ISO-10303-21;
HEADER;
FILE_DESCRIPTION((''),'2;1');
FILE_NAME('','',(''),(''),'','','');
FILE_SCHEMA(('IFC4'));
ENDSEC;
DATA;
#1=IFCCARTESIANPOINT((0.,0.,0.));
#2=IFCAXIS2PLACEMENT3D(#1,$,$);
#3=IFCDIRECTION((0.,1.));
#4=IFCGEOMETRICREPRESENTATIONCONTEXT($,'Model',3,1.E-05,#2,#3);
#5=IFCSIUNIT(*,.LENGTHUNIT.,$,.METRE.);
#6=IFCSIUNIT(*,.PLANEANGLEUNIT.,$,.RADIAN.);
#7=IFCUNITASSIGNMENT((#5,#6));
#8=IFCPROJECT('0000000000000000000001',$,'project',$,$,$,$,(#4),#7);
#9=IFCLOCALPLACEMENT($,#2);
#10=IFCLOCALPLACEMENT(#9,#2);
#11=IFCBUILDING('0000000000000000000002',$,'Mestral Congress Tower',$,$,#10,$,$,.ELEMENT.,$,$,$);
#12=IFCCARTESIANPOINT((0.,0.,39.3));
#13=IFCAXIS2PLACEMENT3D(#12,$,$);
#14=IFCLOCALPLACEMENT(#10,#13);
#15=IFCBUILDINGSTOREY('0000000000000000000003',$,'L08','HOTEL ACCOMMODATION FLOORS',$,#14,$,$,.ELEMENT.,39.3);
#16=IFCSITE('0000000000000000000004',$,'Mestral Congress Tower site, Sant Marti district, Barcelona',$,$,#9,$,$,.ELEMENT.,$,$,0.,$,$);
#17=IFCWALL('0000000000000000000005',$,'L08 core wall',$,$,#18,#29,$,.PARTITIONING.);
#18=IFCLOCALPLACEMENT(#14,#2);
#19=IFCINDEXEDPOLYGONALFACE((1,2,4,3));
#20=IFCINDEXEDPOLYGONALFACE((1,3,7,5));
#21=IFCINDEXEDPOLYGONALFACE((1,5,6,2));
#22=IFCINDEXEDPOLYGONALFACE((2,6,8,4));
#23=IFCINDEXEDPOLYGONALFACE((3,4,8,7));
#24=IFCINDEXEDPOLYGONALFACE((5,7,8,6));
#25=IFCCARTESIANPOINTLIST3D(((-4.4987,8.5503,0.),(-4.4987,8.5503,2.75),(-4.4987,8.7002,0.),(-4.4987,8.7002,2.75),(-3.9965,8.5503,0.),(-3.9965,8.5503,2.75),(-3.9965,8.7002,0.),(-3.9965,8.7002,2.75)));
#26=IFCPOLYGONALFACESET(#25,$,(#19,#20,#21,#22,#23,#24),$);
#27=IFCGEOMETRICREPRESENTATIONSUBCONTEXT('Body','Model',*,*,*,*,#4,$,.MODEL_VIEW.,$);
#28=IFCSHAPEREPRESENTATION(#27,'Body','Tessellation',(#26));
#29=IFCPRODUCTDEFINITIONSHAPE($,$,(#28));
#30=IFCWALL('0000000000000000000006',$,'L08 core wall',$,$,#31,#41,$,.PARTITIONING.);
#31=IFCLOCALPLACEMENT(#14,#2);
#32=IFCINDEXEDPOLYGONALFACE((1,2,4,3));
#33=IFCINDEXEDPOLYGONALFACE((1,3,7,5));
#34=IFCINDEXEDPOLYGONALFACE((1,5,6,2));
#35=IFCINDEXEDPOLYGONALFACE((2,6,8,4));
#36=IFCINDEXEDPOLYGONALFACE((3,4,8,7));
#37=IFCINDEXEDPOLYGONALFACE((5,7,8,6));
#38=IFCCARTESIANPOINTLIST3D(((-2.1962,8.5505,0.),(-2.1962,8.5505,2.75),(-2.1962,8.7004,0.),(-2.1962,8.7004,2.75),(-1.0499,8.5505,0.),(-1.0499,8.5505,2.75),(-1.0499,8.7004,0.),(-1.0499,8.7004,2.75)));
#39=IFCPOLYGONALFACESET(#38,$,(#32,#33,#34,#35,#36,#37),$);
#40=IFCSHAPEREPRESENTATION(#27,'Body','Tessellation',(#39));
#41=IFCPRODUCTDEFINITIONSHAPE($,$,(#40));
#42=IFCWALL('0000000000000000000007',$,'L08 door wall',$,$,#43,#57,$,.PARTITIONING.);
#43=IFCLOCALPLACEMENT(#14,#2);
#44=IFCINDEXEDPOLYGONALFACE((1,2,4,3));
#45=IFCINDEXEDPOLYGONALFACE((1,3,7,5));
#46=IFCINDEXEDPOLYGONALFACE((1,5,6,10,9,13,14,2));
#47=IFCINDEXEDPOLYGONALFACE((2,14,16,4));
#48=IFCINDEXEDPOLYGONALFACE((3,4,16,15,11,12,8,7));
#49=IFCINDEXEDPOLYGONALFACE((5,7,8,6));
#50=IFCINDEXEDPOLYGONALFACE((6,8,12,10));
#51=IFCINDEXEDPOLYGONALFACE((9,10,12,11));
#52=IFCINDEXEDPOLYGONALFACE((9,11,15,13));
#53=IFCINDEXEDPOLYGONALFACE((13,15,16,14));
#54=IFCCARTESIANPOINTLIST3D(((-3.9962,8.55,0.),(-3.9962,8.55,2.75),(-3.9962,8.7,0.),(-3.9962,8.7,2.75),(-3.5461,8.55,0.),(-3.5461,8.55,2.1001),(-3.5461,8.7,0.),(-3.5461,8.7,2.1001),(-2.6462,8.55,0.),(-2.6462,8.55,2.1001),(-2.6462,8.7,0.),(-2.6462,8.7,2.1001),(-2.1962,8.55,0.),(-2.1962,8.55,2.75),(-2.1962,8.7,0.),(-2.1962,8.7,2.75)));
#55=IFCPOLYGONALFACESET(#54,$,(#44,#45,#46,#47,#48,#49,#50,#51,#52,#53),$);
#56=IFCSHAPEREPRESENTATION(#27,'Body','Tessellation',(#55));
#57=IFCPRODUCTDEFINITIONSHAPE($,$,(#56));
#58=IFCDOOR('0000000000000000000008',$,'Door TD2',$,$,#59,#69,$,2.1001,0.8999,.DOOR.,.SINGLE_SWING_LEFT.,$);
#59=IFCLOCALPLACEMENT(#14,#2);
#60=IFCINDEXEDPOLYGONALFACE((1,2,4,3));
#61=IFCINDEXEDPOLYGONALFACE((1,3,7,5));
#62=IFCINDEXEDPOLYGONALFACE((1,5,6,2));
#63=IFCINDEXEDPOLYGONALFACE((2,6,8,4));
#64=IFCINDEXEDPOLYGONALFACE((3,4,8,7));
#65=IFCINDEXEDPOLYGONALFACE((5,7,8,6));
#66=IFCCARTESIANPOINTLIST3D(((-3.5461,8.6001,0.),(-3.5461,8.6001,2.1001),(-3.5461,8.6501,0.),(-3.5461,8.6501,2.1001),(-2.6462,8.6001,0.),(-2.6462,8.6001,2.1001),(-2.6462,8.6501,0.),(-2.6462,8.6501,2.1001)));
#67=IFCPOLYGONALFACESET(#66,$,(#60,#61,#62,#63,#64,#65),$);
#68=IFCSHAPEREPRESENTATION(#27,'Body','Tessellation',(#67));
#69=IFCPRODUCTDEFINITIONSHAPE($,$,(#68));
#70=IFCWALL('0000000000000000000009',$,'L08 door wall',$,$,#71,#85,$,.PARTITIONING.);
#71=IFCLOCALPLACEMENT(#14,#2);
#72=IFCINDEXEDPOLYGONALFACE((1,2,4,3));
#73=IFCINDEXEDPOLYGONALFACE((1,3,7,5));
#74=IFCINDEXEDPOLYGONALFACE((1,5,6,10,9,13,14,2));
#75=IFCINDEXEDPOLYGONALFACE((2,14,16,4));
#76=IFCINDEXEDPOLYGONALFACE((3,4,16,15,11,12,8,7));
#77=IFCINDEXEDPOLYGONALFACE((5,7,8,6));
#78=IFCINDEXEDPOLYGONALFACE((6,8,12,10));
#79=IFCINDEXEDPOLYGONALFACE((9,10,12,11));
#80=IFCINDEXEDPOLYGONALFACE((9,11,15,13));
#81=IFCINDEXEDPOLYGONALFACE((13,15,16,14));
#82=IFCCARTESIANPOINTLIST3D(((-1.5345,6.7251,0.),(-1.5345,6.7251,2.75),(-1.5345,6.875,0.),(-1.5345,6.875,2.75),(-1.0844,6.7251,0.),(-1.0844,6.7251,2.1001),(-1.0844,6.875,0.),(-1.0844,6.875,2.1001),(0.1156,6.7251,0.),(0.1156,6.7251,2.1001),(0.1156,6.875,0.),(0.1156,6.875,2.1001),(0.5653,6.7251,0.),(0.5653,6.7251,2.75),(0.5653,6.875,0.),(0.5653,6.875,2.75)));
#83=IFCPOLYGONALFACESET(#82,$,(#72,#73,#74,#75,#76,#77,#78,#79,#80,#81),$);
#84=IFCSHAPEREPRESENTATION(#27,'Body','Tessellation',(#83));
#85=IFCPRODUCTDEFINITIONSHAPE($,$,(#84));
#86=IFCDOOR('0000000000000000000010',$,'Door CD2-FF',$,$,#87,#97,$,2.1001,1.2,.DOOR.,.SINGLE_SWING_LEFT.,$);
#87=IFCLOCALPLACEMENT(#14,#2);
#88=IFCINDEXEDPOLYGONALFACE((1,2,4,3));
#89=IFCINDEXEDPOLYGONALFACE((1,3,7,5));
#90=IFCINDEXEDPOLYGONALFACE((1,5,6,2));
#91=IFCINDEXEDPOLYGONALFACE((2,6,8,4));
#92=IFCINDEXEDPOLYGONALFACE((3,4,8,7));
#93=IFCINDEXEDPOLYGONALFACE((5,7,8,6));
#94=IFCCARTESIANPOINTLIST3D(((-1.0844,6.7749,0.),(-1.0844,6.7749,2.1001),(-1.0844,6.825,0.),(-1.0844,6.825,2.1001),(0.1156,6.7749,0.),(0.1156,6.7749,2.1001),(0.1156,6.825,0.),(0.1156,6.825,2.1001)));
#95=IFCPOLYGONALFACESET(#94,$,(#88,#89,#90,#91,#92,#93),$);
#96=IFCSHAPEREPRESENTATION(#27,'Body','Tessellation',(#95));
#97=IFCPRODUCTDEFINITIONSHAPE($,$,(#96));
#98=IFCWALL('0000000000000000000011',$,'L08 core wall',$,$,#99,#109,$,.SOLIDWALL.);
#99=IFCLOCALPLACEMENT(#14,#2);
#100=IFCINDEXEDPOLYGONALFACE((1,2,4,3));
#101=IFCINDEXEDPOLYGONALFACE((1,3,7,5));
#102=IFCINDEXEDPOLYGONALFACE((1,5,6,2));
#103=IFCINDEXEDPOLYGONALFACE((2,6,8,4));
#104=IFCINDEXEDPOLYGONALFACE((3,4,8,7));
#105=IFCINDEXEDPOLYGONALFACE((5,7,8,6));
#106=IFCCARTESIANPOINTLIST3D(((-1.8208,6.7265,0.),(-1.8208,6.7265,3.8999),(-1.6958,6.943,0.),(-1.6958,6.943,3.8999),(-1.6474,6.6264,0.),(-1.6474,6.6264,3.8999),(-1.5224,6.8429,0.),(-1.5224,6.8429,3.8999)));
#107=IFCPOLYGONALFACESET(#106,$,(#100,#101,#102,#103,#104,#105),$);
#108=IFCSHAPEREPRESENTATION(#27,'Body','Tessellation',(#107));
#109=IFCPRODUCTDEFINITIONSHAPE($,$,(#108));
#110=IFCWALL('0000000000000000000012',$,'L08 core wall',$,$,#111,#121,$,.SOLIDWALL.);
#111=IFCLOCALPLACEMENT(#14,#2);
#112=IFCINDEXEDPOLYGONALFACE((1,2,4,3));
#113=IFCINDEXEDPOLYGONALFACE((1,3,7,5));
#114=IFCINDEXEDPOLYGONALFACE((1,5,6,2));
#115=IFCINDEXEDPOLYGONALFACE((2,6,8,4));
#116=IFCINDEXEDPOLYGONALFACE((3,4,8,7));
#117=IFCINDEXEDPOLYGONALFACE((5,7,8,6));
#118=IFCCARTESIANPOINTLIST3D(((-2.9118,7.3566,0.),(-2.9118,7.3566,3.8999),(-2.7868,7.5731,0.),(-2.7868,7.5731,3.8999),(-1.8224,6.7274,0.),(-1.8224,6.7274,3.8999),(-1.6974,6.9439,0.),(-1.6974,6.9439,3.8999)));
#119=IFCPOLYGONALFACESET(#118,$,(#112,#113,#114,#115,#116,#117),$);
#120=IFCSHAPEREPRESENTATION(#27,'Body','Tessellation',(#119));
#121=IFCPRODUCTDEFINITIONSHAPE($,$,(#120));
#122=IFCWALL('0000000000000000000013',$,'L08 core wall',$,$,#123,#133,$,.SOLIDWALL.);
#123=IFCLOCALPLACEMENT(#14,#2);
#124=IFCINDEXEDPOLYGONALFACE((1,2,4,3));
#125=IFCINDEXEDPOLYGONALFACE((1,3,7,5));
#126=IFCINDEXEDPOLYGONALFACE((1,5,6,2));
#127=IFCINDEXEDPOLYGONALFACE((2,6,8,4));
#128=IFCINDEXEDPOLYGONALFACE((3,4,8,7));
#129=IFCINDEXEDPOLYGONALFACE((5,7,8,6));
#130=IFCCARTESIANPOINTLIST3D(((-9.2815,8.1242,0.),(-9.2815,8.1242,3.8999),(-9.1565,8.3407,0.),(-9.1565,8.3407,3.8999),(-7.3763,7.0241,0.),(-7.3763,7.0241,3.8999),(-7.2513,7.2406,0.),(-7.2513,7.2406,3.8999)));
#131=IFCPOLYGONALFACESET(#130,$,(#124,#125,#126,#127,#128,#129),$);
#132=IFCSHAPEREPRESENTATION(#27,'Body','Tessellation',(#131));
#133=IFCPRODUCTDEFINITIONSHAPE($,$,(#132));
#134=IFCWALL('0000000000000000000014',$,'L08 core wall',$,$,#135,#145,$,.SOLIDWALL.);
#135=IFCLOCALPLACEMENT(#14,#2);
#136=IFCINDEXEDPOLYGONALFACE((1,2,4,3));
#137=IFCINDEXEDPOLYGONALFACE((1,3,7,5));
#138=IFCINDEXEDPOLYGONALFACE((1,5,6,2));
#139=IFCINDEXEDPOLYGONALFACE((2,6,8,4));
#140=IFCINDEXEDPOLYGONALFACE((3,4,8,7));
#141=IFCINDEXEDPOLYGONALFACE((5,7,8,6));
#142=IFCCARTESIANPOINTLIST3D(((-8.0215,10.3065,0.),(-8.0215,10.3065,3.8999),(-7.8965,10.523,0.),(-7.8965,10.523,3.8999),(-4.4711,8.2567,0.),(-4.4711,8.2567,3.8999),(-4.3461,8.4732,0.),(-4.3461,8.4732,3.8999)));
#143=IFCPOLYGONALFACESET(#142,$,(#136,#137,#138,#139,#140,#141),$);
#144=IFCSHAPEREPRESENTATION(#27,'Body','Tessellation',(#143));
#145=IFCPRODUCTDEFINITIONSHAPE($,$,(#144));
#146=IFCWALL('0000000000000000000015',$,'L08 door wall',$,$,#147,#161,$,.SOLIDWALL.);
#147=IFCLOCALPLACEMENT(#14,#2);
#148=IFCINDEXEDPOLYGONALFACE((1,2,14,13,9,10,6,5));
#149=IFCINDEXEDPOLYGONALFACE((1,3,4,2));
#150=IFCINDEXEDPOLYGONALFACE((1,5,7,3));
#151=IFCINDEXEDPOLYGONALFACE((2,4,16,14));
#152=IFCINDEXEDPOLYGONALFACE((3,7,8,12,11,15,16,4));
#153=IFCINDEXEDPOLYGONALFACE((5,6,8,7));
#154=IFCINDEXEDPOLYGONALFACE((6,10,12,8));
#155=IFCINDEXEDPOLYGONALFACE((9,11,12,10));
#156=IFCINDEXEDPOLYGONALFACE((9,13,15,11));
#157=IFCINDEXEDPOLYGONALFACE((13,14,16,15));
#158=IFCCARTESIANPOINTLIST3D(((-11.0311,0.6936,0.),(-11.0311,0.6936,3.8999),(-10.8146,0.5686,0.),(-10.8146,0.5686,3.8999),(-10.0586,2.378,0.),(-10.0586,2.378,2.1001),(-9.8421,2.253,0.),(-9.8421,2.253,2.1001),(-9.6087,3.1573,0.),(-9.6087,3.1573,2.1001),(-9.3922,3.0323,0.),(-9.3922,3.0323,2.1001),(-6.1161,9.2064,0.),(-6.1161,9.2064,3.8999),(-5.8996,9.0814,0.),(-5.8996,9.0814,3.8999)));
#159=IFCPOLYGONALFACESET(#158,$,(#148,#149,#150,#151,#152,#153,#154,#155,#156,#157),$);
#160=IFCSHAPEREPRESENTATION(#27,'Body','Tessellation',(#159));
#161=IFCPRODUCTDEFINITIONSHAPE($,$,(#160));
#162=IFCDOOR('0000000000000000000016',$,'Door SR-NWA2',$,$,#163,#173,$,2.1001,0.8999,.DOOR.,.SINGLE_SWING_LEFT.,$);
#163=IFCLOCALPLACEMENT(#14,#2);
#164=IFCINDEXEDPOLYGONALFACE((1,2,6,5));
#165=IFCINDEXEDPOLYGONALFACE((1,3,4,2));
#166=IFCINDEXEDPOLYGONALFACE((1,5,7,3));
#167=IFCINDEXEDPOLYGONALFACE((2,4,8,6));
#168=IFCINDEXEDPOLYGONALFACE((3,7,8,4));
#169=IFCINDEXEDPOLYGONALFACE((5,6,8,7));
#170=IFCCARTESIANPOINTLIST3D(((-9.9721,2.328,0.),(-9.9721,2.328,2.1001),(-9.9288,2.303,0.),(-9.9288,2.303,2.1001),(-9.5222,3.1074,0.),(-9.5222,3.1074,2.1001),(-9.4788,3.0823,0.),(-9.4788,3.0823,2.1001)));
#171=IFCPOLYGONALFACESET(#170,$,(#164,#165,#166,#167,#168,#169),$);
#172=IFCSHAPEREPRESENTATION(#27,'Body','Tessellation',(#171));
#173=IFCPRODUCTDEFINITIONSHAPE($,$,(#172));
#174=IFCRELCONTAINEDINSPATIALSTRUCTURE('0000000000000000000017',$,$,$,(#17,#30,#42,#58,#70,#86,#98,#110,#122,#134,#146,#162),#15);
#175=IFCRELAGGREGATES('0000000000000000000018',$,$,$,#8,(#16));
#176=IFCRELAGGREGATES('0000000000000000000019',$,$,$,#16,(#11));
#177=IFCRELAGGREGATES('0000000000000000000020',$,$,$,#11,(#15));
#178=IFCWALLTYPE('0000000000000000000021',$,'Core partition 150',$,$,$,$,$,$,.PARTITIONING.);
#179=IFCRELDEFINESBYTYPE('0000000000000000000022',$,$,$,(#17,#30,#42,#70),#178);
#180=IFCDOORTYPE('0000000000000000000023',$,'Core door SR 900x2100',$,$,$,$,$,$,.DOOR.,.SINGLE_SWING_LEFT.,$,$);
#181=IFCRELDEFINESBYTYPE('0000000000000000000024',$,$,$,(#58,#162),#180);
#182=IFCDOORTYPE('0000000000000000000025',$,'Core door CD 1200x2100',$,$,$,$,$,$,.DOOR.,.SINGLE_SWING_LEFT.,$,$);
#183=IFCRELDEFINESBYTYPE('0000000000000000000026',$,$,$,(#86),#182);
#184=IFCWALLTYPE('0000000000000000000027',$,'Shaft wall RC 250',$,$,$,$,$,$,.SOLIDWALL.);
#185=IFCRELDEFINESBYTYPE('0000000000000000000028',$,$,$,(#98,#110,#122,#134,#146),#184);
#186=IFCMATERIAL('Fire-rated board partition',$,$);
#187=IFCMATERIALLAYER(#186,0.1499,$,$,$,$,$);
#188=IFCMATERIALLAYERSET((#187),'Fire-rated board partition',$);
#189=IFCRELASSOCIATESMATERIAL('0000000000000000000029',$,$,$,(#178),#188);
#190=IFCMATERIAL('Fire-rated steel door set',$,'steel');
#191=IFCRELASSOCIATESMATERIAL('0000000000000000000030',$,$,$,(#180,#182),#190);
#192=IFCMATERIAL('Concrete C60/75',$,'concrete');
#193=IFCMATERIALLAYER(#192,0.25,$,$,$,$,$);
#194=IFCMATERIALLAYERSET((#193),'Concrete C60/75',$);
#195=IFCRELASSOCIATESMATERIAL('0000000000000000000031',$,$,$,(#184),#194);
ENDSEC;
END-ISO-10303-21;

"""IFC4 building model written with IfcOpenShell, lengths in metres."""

from ifc_helpers import new_model, si_unit, direction, frame, frame_2d, origin, place, context, subcontext, project, spatial, rectangle, extrude, material, layer, layer_set, type_object, element, fill, save


model = new_model("IFC4")

# Units and contexts
model_context = context("Model", 3, precision=1e-05, world=origin(), true_north=direction((0.0, 1.0)))
body_context = subcontext(model_context, "Body", "Model", "MODEL_VIEW")
ifc_project = project(units=[si_unit("LENGTHUNIT", "METRE"), si_unit("PLANEANGLEUNIT", "RADIAN")], contexts=[model_context])

# Site, building, storey
site_placement = place(None, origin())
site = spatial("IfcSite", under=ifc_project, at=site_placement, Name="Mestral Congress Tower site, Sant Marti district, Barcelona", CompositionType="ELEMENT", RefElevation=0.0)
building_placement = place(site_placement, origin())
building = spatial("IfcBuilding", under=site, at=building_placement, Name="Mestral Congress Tower", CompositionType="ELEMENT")
storey_placement = place(building_placement, frame((0.0, 0.0, 39.3)))
storey = spatial("IfcBuildingStorey", under=building, at=storey_placement, Name="L08", Description="HOTEL ACCOMMODATION FLOORS", CompositionType="ELEMENT", Elevation=39.3)

# Walls
ifc_material_1 = material(Name="Fire-rated board partition")
ifc_layer_1 = layer(ifc_material_1, 0.1499)
ifc_layer_set_1 = layer_set([ifc_layer_1], Name="Fire-rated board partition")
wall_type_1 = type_object("IfcWallType", Name="Core partition 150", PredefinedType="PARTITIONING", material=ifc_layer_set_1)
wall_1_placement = place(storey_placement, frame((-3.9966, 8.6252, 0.0), z_axis=(0.0, 0.0, 1.0), x_axis=(-1.0, 0.0, 0.0)))
element("IfcWall", 1, at=wall_1_placement, inside=storey, type_object=wall_type_1, Name="L08 core wall", PredefinedType="PARTITIONING", context=body_context, shape_type="SweptSolid", body=[
    extrude(rectangle(XDim=0.5022, YDim=0.1499, at=frame_2d((0.251, 0.0))), origin(), (0.0, 0.0, 1.0), 2.75),
])
wall_2_placement = place(storey_placement, frame((-2.1963, 8.6255, 0.0), z_axis=(0.0, 0.0, 1.0), x_axis=(1.0, 0.0, 0.0)))
element("IfcWall", 2, at=wall_2_placement, inside=storey, type_object=wall_type_1, Name="L08 core wall", PredefinedType="PARTITIONING", context=body_context, shape_type="SweptSolid", body=[
    extrude(rectangle(XDim=1.1462, YDim=0.1499, at=frame_2d((0.5732, 0.0))), origin(), (0.0, 0.0, 1.0), 2.75),
])

# Walls, openings, doors
wall_3_placement = place(storey_placement, frame((-2.1963, 8.625, 0.0), z_axis=(0.0, 0.0, 1.0), x_axis=(-1.0, 0.0, 0.0)))
wall_3 = element("IfcWall", 3, at=wall_3_placement, inside=storey, type_object=wall_type_1, Name="L08 door wall", PredefinedType="PARTITIONING", context=body_context, shape_type="SweptSolid", body=[
    extrude(rectangle(XDim=1.8, YDim=0.1499, at=frame_2d((0.8999, 0.0))), origin(), (0.0, 0.0, 1.0), 2.75),
])
opening_1_placement = place(wall_3_placement, frame((0.45, 0.0, 0.0)))
opening_1 = element("IfcOpeningElement", 4, at=opening_1_placement, cuts=wall_3, PredefinedType="OPENING", context=body_context, shape_type="SweptSolid", body=[
    extrude(rectangle(XDim=0.8999, YDim=2.1001, at=frame_2d((0.45, 1.05))), frame((0.0, 0.085, 0.0), z_axis=(0.0, -1.0, 0.0), x_axis=(1.0, 0.0, 0.0)), (0.0, 0.0, 1.0), 0.1699),
])
ifc_material_2 = material(Name="Fire-rated steel door set", Category="steel")
door_type_1 = type_object("IfcDoorType", Name="Core door SR 900x2100", OperationType="SINGLE_SWING_LEFT", PredefinedType="DOOR", material=ifc_material_2)
door_1_placement = place(opening_1_placement, origin())
door_1 = element("IfcDoor", 5, at=door_1_placement, inside=storey, type_object=door_type_1, Name="Door TD2", OperationType="SINGLE_SWING_LEFT", OverallHeight=2.1001, OverallWidth=0.8999, PredefinedType="DOOR", context=body_context, shape_type="SweptSolid", body=[
    extrude(rectangle(XDim=0.8999, YDim=2.1001, at=frame_2d((0.45, 1.05))), frame((0.0, 0.0249, 0.0), z_axis=(0.0, -1.0, 0.0), x_axis=(1.0, 0.0, 0.0)), (0.0, 0.0, 1.0), 0.05),
])
fill(opening_1, door_1)
wall_4_placement = place(storey_placement, frame((-1.5344, 6.8, 0.0), z_axis=(0.0, 0.0, 1.0), x_axis=(1.0, 0.0, 0.0)))
wall_4 = element("IfcWall", 6, at=wall_4_placement, inside=storey, type_object=wall_type_1, Name="L08 door wall", PredefinedType="PARTITIONING", context=body_context, shape_type="SweptSolid", body=[
    extrude(rectangle(XDim=2.0999, YDim=0.1499, at=frame_2d((1.0498, 0.0))), origin(), (0.0, 0.0, 1.0), 2.75),
])
opening_2_placement = place(wall_4_placement, frame((0.45, 0.0, 0.0)))
opening_2 = element("IfcOpeningElement", 7, at=opening_2_placement, cuts=wall_4, PredefinedType="OPENING", context=body_context, shape_type="SweptSolid", body=[
    extrude(rectangle(XDim=1.2, YDim=2.1001, at=frame_2d((0.6001, 1.05))), frame((0.0, 0.085, 0.0), z_axis=(0.0, -1.0, 0.0), x_axis=(1.0, 0.0, 0.0)), (0.0, 0.0, 1.0), 0.1699),
])
door_type_2 = type_object("IfcDoorType", Name="Core door CD 1200x2100", OperationType="SINGLE_SWING_LEFT", PredefinedType="DOOR", material=ifc_material_2)
door_2_placement = place(opening_2_placement, origin())
door_2 = element("IfcDoor", 8, at=door_2_placement, inside=storey, type_object=door_type_2, Name="Door CD2-FF", OperationType="SINGLE_SWING_LEFT", OverallHeight=2.1001, OverallWidth=1.2, PredefinedType="DOOR", context=body_context, shape_type="SweptSolid", body=[
    extrude(rectangle(XDim=1.2, YDim=2.1001, at=frame_2d((0.6001, 1.05))), frame((0.0, 0.0249, 0.0), z_axis=(0.0, -1.0, 0.0), x_axis=(1.0, 0.0, 0.0)), (0.0, 0.0, 1.0), 0.05),
])
fill(opening_2, door_2)

# Walls
ifc_material_3 = material(Name="Concrete C60/75", Category="concrete")
ifc_layer_2 = layer(ifc_material_3, 0.25)
ifc_layer_set_2 = layer_set([ifc_layer_2], Name="Concrete C60/75")
wall_type_2 = type_object("IfcWallType", Name="Shaft wall RC 250", PredefinedType="SOLIDWALL", material=ifc_layer_set_2)
wall_5_placement = place(storey_placement, frame((-1.7583, 6.8347, 0.0), z_axis=(0.0, 0.0, 1.0), x_axis=(0.865982, -0.500074, 0.0)))
element("IfcWall", 9, at=wall_5_placement, inside=storey, type_object=wall_type_2, Name="L08 core wall", PredefinedType="SOLIDWALL", context=body_context, shape_type="SweptSolid", body=[
    extrude(rectangle(XDim=0.2002, YDim=0.25, at=frame_2d((0.1001, 0.0))), origin(), (0.0, 0.0, 1.0), 3.8999),
])
wall_6_placement = place(storey_placement, frame((-1.76, 6.8357, 0.0), z_axis=(0.0, 0.0, 1.0), x_axis=(-0.865953, 0.500126, 0.0)))
element("IfcWall", 10, at=wall_6_placement, inside=storey, type_object=wall_type_2, Name="L08 core wall", PredefinedType="SOLIDWALL", context=body_context, shape_type="SweptSolid", body=[
    extrude(rectangle(XDim=1.2581, YDim=0.25, at=frame_2d((0.6289, 0.0))), origin(), (0.0, 0.0, 1.0), 3.8999),
])
wall_7_placement = place(storey_placement, frame((-7.3137, 7.1323, 0.0), z_axis=(0.0, 0.0, 1.0), x_axis=(-0.866008, 0.50003, 0.0)))
element("IfcWall", 11, at=wall_7_placement, inside=storey, type_object=wall_type_2, Name="L08 core wall", PredefinedType="SOLIDWALL", context=body_context, shape_type="SweptSolid", body=[
    extrude(rectangle(XDim=2.2, YDim=0.25, at=frame_2d((1.1001, 0.0))), origin(), (0.0, 0.0, 1.0), 3.8999),
])
wall_8_placement = place(storey_placement, frame((-7.959, 10.4148, 0.0), z_axis=(0.0, 0.0, 1.0), x_axis=(0.866021, -0.500008, 0.0)))
element("IfcWall", 12, at=wall_8_placement, inside=storey, type_object=wall_type_2, Name="L08 core wall", PredefinedType="SOLIDWALL", context=body_context, shape_type="SweptSolid", body=[
    extrude(rectangle(XDim=4.0996, YDim=0.25, at=frame_2d((2.0498, 0.0))), origin(), (0.0, 0.0, 1.0), 3.8999),
])

# Wall, opening, door
wall_9_placement = place(storey_placement, frame((-6.0078, 9.144, 0.0), z_axis=(0.0, 0.0, 1.0), x_axis=(-0.500007, -0.866021, 0.0)))
wall_9 = element("IfcWall", 13, at=wall_9_placement, inside=storey, type_object=wall_type_2, Name="L08 door wall", PredefinedType="SOLIDWALL", context=body_context, shape_type="SweptSolid", body=[
    extrude(rectangle(XDim=9.8298, YDim=0.25, at=frame_2d((4.915, 0.0))), origin(), (0.0, 0.0, 1.0), 3.8999),
])
opening_3_placement = place(wall_9_placement, frame((6.9851, 0.0, 0.0)))
opening_3 = element("IfcOpeningElement", 14, at=opening_3_placement, cuts=wall_9, PredefinedType="OPENING", context=body_context, shape_type="SweptSolid", body=[
    extrude(rectangle(XDim=0.8999, YDim=2.1001, at=frame_2d((0.45, 1.05))), frame((0.0, 0.135, 0.0), z_axis=(0.0, -1.0, 0.0), x_axis=(1.0, 0.0, 0.0)), (0.0, 0.0, 1.0), 0.27),
])
door_3_placement = place(opening_3_placement, origin())
door_3 = element("IfcDoor", 15, at=door_3_placement, inside=storey, type_object=door_type_1, Name="Door SR-NWA2", OperationType="SINGLE_SWING_LEFT", OverallHeight=2.1001, OverallWidth=0.8999, PredefinedType="DOOR", context=body_context, shape_type="SweptSolid", body=[
    extrude(rectangle(XDim=0.8999, YDim=2.1001, at=frame_2d((0.45, 1.05))), frame((0.0, 0.0249, 0.0), z_axis=(0.0, -1.0, 0.0), x_axis=(1.0, 0.0, 0.0)), (0.0, 0.0, 1.0), 0.05),
])
fill(opening_3, door_3)

save(model, "model.ifc")
